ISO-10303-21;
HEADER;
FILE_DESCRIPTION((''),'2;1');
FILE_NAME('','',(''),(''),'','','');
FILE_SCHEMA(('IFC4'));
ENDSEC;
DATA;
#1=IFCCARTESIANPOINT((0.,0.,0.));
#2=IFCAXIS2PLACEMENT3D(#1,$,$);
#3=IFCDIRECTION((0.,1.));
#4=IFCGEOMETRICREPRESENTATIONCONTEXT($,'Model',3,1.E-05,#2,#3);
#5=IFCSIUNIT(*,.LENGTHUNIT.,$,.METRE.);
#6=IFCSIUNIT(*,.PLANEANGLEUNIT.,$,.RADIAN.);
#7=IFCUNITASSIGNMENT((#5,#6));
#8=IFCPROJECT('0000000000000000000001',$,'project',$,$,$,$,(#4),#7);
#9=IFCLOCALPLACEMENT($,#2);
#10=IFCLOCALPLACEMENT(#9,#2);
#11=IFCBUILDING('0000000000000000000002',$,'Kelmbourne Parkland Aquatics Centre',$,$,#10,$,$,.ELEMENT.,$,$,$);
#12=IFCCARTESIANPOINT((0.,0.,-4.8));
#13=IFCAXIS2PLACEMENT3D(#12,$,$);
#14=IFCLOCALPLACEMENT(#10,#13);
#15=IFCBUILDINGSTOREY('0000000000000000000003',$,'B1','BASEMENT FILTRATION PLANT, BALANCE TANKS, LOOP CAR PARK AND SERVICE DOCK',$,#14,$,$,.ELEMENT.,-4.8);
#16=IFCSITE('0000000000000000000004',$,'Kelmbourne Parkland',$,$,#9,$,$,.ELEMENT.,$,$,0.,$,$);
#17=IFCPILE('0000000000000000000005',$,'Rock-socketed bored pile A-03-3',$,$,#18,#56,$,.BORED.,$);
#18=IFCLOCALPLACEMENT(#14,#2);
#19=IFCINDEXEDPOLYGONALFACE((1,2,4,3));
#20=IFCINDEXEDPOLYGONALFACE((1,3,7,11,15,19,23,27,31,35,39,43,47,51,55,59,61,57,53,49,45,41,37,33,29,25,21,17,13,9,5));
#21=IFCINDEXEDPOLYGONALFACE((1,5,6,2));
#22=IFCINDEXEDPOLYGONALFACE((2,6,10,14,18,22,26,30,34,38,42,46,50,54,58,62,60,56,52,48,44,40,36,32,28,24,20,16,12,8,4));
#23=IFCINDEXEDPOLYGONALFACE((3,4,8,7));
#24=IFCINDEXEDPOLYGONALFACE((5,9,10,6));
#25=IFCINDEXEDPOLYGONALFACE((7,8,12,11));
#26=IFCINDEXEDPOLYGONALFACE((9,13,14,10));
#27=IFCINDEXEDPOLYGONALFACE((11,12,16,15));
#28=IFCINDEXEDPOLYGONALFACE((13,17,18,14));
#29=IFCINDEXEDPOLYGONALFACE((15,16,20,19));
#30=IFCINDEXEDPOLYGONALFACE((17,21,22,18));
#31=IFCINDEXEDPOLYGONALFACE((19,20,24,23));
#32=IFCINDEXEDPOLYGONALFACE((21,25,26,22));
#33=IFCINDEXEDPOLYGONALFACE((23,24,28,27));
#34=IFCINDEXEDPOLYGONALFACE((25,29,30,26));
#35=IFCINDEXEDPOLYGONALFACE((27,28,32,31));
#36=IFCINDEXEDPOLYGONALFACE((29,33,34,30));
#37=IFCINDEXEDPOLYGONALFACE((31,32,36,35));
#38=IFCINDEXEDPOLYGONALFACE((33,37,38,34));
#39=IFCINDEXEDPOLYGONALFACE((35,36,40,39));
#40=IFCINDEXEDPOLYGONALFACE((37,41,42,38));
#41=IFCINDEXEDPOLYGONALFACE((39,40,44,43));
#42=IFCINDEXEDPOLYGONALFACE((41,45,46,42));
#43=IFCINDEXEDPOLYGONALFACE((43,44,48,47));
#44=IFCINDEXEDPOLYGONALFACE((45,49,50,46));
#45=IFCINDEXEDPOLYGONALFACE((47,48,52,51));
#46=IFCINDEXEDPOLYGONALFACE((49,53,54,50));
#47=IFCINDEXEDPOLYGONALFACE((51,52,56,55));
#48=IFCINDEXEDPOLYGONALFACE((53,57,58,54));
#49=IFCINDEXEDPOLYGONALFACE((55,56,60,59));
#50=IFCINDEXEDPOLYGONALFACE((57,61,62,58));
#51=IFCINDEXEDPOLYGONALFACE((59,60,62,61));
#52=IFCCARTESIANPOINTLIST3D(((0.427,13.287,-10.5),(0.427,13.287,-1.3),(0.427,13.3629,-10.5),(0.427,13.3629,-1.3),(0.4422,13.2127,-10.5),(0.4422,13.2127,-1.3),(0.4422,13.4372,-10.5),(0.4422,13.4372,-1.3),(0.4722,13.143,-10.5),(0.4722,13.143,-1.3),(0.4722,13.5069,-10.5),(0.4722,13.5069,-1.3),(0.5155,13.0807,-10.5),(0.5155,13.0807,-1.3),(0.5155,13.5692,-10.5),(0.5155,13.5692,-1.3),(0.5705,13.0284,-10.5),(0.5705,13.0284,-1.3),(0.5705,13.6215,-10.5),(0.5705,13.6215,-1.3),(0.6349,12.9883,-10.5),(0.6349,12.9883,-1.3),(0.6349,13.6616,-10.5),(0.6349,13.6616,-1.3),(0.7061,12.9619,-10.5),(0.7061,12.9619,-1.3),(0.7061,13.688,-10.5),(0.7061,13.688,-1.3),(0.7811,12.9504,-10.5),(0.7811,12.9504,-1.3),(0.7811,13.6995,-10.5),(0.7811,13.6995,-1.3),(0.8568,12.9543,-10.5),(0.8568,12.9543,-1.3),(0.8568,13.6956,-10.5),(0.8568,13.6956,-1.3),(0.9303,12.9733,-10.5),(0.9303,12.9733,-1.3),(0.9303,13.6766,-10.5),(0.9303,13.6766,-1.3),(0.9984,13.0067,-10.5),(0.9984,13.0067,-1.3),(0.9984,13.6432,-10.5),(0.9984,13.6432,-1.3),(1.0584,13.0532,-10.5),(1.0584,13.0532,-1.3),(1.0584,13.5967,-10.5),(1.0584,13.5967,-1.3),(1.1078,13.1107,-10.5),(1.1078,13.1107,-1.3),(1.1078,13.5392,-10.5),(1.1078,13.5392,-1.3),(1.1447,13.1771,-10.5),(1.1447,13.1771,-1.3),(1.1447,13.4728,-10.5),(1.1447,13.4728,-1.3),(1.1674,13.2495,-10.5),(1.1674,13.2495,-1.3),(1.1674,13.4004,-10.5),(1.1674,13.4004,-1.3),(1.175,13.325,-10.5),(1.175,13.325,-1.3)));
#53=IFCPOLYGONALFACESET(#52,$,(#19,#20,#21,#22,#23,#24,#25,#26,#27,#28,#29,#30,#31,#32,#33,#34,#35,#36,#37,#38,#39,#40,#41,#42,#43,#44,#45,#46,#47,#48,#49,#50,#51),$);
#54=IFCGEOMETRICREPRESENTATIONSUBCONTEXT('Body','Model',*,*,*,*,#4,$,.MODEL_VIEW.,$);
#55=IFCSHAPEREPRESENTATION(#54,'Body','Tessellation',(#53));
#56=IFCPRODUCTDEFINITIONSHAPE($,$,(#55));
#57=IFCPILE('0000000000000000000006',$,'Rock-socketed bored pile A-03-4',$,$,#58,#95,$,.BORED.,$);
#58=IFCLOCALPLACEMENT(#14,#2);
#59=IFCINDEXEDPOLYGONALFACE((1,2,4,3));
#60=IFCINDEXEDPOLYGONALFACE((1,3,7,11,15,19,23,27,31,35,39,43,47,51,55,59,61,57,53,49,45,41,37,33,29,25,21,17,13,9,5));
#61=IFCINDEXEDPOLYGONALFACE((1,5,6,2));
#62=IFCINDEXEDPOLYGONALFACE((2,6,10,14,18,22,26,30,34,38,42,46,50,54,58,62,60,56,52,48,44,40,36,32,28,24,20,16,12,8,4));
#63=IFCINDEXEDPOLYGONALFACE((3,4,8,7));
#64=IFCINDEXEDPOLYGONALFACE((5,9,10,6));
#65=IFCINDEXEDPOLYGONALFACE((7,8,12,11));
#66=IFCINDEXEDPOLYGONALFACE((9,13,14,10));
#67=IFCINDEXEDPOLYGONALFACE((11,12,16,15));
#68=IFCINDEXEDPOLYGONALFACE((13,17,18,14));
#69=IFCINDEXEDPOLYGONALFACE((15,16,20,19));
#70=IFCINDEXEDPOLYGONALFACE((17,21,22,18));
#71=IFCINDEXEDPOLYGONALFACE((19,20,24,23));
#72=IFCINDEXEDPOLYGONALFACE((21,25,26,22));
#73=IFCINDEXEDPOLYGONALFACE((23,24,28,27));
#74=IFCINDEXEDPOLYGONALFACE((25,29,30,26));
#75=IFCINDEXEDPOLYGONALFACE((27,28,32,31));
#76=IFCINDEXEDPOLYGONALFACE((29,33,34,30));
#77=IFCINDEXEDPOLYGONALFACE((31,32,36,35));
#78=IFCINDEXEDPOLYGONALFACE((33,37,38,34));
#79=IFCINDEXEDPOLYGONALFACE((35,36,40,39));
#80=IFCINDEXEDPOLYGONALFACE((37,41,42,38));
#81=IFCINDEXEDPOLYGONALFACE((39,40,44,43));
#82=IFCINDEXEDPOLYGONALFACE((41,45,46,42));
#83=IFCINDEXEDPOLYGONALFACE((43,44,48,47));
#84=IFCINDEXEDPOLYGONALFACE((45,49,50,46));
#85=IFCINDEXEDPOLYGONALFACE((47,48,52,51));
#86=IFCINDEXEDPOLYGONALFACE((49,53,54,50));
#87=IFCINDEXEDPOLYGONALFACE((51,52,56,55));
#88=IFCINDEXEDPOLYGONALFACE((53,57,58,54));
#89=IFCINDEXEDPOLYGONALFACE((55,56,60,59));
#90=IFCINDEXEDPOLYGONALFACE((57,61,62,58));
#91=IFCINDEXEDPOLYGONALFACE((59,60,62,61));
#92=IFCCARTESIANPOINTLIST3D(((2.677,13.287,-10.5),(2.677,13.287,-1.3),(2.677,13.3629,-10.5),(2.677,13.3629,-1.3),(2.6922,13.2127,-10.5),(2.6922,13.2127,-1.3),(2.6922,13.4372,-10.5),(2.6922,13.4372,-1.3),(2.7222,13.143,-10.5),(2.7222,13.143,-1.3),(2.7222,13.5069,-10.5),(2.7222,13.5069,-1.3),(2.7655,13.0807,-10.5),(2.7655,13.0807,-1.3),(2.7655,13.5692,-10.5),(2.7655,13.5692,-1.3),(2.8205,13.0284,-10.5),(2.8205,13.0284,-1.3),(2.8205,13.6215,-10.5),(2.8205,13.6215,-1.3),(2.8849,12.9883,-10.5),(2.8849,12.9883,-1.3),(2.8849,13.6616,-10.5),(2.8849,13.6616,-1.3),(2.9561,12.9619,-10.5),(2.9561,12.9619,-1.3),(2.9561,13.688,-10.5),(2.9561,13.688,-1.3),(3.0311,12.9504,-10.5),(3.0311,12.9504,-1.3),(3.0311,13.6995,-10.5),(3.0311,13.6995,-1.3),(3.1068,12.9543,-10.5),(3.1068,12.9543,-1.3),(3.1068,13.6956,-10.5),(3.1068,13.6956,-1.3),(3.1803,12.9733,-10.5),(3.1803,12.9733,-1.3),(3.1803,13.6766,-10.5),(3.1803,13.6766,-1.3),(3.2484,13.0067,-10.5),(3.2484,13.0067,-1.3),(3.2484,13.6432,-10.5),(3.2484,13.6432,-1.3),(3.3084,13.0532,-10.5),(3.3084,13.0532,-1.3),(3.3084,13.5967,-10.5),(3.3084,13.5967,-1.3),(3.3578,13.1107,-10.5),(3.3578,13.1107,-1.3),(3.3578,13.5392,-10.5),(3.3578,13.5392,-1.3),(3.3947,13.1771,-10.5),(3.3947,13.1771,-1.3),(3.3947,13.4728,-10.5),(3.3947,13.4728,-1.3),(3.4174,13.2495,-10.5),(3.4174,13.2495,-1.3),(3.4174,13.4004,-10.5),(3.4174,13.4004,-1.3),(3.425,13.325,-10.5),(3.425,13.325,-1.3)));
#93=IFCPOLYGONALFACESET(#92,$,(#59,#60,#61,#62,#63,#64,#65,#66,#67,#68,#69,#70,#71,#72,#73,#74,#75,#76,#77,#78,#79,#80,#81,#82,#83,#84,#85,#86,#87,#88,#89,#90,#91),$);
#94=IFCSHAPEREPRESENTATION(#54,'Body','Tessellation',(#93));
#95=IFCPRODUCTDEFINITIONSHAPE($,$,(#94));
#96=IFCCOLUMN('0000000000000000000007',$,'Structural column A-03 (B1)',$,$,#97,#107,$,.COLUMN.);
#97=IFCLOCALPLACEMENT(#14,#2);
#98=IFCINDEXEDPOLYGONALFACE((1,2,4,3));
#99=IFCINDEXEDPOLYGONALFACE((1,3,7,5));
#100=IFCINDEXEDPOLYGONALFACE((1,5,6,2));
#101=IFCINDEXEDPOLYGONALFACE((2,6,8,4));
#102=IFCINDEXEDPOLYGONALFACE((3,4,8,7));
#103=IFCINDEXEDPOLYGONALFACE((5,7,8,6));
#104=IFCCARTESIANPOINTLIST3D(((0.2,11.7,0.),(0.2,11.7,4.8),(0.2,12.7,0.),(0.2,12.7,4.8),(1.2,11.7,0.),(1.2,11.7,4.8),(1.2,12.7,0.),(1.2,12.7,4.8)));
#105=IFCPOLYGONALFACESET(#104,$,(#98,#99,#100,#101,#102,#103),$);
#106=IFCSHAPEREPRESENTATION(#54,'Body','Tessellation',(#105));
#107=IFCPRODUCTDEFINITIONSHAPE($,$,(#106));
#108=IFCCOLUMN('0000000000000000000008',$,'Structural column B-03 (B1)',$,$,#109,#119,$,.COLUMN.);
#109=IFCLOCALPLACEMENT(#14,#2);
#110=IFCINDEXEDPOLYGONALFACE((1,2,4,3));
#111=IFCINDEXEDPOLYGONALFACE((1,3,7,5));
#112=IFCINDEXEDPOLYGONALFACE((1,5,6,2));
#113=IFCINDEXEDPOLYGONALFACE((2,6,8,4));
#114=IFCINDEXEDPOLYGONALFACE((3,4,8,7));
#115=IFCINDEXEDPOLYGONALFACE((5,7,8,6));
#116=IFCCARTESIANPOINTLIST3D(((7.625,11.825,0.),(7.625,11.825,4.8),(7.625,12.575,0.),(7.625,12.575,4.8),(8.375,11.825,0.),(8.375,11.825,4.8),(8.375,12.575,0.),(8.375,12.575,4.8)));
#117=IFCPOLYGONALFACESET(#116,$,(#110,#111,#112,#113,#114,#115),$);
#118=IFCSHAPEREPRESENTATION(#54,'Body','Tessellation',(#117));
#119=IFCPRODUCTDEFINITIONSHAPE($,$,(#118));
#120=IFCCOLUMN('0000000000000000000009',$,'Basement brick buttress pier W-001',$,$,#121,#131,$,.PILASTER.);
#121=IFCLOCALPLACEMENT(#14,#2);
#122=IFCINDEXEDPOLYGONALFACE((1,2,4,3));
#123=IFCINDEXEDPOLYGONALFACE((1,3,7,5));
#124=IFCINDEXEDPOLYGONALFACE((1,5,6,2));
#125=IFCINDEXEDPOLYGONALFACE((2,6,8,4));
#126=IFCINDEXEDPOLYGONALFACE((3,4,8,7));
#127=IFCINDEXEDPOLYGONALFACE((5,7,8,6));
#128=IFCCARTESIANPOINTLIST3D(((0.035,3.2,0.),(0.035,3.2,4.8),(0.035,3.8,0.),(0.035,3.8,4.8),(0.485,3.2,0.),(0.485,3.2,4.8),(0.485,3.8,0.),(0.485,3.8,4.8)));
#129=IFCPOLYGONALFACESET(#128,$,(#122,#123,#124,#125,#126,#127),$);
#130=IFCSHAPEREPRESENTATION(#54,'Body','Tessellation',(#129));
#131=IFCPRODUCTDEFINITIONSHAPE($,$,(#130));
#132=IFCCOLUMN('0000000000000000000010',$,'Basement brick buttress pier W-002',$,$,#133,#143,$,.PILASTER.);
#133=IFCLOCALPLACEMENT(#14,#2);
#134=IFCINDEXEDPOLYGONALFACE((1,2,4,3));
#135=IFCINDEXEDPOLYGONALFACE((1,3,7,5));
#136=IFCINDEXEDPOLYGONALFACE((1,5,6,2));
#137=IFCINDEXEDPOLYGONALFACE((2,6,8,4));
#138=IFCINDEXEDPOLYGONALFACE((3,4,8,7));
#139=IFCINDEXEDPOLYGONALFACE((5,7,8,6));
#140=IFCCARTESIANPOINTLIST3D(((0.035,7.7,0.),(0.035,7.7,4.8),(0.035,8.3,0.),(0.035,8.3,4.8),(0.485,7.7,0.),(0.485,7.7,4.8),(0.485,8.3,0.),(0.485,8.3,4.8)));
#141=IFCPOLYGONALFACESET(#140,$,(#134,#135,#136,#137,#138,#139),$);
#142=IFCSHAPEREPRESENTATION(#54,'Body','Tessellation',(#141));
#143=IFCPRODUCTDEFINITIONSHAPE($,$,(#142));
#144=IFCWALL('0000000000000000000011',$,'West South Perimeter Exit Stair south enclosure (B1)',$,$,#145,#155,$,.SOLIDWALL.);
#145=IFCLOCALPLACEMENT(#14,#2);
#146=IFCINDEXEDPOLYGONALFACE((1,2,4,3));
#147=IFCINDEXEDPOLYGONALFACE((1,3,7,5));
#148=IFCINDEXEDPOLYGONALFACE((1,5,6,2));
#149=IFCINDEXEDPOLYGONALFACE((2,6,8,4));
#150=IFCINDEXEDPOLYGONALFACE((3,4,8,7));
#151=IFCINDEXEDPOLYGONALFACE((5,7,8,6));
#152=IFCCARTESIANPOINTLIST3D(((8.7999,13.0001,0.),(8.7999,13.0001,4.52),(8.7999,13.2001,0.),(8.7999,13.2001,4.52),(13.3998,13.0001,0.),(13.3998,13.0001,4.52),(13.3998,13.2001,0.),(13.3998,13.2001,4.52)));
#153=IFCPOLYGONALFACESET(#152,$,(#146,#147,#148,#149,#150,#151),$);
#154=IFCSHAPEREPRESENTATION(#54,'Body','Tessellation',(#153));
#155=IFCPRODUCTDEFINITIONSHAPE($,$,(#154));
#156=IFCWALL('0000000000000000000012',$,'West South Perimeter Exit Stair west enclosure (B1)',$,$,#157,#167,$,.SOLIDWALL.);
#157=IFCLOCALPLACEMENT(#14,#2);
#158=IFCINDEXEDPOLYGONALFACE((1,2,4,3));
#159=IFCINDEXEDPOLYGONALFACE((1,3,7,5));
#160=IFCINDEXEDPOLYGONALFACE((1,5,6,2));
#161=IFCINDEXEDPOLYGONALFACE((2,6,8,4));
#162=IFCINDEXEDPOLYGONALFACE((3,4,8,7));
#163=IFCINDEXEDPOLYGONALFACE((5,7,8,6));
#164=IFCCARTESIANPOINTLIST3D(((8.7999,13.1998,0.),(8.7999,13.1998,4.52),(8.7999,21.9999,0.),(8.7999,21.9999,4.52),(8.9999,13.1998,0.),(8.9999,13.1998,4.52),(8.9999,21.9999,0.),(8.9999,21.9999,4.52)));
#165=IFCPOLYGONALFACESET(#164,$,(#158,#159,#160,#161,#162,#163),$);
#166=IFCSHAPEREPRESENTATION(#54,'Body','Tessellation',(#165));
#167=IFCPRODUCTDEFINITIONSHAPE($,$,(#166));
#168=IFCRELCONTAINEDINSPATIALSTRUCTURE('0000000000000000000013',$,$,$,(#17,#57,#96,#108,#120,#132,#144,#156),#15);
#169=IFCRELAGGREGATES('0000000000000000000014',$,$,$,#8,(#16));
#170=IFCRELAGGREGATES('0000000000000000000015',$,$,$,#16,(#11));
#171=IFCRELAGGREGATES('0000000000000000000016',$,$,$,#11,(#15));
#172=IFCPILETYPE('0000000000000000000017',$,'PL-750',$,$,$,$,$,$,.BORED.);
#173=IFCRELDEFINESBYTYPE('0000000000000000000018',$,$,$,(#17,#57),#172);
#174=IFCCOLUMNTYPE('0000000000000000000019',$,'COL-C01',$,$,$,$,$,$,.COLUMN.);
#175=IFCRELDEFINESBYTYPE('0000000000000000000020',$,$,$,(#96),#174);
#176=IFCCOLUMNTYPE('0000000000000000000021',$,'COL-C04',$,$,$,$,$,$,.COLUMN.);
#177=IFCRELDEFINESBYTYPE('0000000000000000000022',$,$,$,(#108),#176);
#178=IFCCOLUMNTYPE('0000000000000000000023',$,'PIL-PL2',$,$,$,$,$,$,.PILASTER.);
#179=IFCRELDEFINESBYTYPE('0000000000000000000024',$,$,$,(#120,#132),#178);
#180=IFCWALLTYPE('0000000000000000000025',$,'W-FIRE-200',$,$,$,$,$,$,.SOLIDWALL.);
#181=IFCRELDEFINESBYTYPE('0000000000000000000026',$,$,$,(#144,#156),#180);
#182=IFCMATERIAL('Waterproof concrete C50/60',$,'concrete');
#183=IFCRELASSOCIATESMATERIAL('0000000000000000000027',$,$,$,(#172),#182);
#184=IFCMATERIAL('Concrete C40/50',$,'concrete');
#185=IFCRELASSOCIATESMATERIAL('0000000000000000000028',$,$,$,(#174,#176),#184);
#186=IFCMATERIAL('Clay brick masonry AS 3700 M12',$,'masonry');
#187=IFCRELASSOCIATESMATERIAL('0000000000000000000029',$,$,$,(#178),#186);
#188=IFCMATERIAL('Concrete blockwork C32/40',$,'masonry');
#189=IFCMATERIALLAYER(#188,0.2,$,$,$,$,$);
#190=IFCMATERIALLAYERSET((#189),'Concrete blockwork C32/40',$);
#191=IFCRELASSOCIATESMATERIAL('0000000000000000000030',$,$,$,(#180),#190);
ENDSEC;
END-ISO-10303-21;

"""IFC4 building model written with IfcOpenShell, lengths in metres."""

from ifc_helpers import new_model, si_unit, direction, frame, frame_2d, origin, origin_2d, place, context, subcontext, project, spatial, rectangle, circle, extrude, material, layer, layer_set, material_profile, profile_set, type_object, element, save


model = new_model("IFC4")

# Units and contexts
model_context = context("Model", 3, precision=1e-05, world=origin(), true_north=direction((0.0, 1.0)))
body_context = subcontext(model_context, "Body", "Model", "MODEL_VIEW")
ifc_project = project(units=[si_unit("LENGTHUNIT", "METRE"), si_unit("PLANEANGLEUNIT", "RADIAN")], contexts=[model_context])

# Site, building, storey
site_placement = place(None, origin())
site = spatial("IfcSite", under=ifc_project, at=site_placement, Name="Kelmbourne Parkland", CompositionType="ELEMENT", RefElevation=0.0)
building_placement = place(site_placement, origin())
building = spatial("IfcBuilding", under=site, at=building_placement, Name="Kelmbourne Parkland Aquatics Centre", CompositionType="ELEMENT")
storey_placement = place(building_placement, frame((0.0, 0.0, -4.8)))
storey = spatial("IfcBuildingStorey", under=building, at=storey_placement, Name="B1", Description="BASEMENT FILTRATION PLANT, BALANCE TANKS, LOOP CAR PARK AND SERVICE DOCK", CompositionType="ELEMENT", Elevation=-4.8)

# Shared definitions
ifc_material_1 = material(Name="Waterproof concrete C50/60", Category="concrete")

# Piles
ifc_material_profile_1 = material_profile(ifc_material_1, circle(Radius=0.375, at=origin_2d()), Name="PILE D750")
ifc_profile_set_1 = profile_set([ifc_material_profile_1], Name="Waterproof concrete C50/60")
pile_type_1 = type_object("IfcPileType", Name="PL-750", PredefinedType="BORED", material=ifc_profile_set_1)
for number, where, z_axis, x_axis, name in (
    (1, (0.8, 13.325, -1.3), (0.0, 0.0, -1.0), (1.0, 0.0, 0.0), "Rock-socketed bored pile A-03-3"),
    (2, (3.05, 13.325, -1.3), (0.0, 0.0, -1.0), (1.0, 0.0, 0.0), "Rock-socketed bored pile A-03-4"),
):
    element("IfcPile", number, at=place(storey_placement, frame(where, z_axis=z_axis, x_axis=x_axis)), inside=storey, type_object=pile_type_1, Name=name, PredefinedType="BORED", context=body_context, shape_type="SweptSolid", body=[
        extrude(circle(Radius=0.375, at=origin_2d()), origin(), (0.0, 0.0, 1.0), 9.2),
    ])

# Columns
ifc_material_2 = material(Name="Concrete C40/50", Category="concrete")
ifc_material_profile_2 = material_profile(ifc_material_2, rectangle(XDim=1.0, YDim=1.0, at=origin_2d()), Name="RC 1000x1000")
ifc_profile_set_2 = profile_set([ifc_material_profile_2], Name="Concrete C40/50")
column_type_1 = type_object("IfcColumnType", Name="COL-C01", PredefinedType="COLUMN", material=ifc_profile_set_2)
column_1_placement = place(storey_placement, frame((0.7, 12.2, 0.0), z_axis=(0.0, 0.0, 1.0), x_axis=(1.0, 0.0, 0.0)))
element("IfcColumn", 3, at=column_1_placement, inside=storey, type_object=column_type_1, Name="Structural column A-03 (B1)", PredefinedType="COLUMN", context=body_context, shape_type="SweptSolid", body=[
    extrude(rectangle(XDim=1.0, YDim=1.0, at=origin_2d()), origin(), (0.0, 0.0, 1.0), 4.8),
])
ifc_material_profile_3 = material_profile(ifc_material_2, rectangle(XDim=0.75, YDim=0.75, at=origin_2d()), Name="RC 750x750")
ifc_profile_set_3 = profile_set([ifc_material_profile_3], Name="Concrete C40/50")
column_type_2 = type_object("IfcColumnType", Name="COL-C04", PredefinedType="COLUMN", material=ifc_profile_set_3)
column_2_placement = place(storey_placement, frame((8.0, 12.2, 0.0), z_axis=(0.0, 0.0, 1.0), x_axis=(1.0, 0.0, 0.0)))
element("IfcColumn", 4, at=column_2_placement, inside=storey, type_object=column_type_2, Name="Structural column B-03 (B1)", PredefinedType="COLUMN", context=body_context, shape_type="SweptSolid", body=[
    extrude(rectangle(XDim=0.75, YDim=0.75, at=origin_2d()), origin(), (0.0, 0.0, 1.0), 4.8),
])
ifc_material_3 = material(Name="Clay brick masonry AS 3700 M12", Category="masonry")
ifc_material_profile_4 = material_profile(ifc_material_3, rectangle(XDim=0.45, YDim=0.6001, at=origin_2d()), Name="PIL 450x600")
ifc_profile_set_4 = profile_set([ifc_material_profile_4], Name="Clay brick masonry AS 3700 M12")
column_type_3 = type_object("IfcColumnType", Name="PIL-PL2", PredefinedType="PILASTER", material=ifc_profile_set_4)
for number, where, z_axis, x_axis, name in (
    (5, (0.26, 3.5, 0.0), (0.0, 0.0, 1.0), (1.0, 0.0, 0.0), "Basement brick buttress pier W-001"),
    (6, (0.26, 8.0, 0.0), (0.0, 0.0, 1.0), (1.0, 0.0, 0.0), "Basement brick buttress pier W-002"),
):
    element("IfcColumn", number, at=place(storey_placement, frame(where, z_axis=z_axis, x_axis=x_axis)), inside=storey, type_object=column_type_3, Name=name, PredefinedType="PILASTER", context=body_context, shape_type="SweptSolid", body=[
        extrude(rectangle(XDim=0.45, YDim=0.6001, at=origin_2d()), origin(), (0.0, 0.0, 1.0), 4.8),
    ])

# Walls
ifc_material_4 = material(Name="Concrete blockwork C32/40", Category="masonry")
ifc_layer_1 = layer(ifc_material_4, 0.2)
ifc_layer_set_1 = layer_set([ifc_layer_1], Name="Concrete blockwork C32/40")
wall_type_1 = type_object("IfcWallType", Name="W-FIRE-200", PredefinedType="SOLIDWALL", material=ifc_layer_set_1)
wall_1_placement = place(storey_placement, frame((8.8, 13.1001, 0.0), z_axis=(0.0, 0.0, 1.0), x_axis=(1.0, 0.0, 0.0)))
element("IfcWall", 7, at=wall_1_placement, inside=storey, type_object=wall_type_1, Name="West South Perimeter Exit Stair south enclosure (B1)", PredefinedType="SOLIDWALL", context=body_context, shape_type="SweptSolid", body=[
    extrude(rectangle(XDim=4.5999, YDim=0.2, at=frame_2d((2.2998, 0.0))), origin(), (0.0, 0.0, 1.0), 4.52),
])
wall_2_placement = place(storey_placement, frame((8.8999, 13.2, 0.0), z_axis=(0.0, 0.0, 1.0), x_axis=(0.0, 1.0, 0.0)))
element("IfcWall", 8, at=wall_2_placement, inside=storey, type_object=wall_type_1, Name="West South Perimeter Exit Stair west enclosure (B1)", PredefinedType="SOLIDWALL", context=body_context, shape_type="SweptSolid", body=[
    extrude(rectangle(XDim=8.8, YDim=0.2, at=frame_2d((4.3999, 0.0))), origin(), (0.0, 0.0, 1.0), 4.52),
])

save(model, "model.ifc")
